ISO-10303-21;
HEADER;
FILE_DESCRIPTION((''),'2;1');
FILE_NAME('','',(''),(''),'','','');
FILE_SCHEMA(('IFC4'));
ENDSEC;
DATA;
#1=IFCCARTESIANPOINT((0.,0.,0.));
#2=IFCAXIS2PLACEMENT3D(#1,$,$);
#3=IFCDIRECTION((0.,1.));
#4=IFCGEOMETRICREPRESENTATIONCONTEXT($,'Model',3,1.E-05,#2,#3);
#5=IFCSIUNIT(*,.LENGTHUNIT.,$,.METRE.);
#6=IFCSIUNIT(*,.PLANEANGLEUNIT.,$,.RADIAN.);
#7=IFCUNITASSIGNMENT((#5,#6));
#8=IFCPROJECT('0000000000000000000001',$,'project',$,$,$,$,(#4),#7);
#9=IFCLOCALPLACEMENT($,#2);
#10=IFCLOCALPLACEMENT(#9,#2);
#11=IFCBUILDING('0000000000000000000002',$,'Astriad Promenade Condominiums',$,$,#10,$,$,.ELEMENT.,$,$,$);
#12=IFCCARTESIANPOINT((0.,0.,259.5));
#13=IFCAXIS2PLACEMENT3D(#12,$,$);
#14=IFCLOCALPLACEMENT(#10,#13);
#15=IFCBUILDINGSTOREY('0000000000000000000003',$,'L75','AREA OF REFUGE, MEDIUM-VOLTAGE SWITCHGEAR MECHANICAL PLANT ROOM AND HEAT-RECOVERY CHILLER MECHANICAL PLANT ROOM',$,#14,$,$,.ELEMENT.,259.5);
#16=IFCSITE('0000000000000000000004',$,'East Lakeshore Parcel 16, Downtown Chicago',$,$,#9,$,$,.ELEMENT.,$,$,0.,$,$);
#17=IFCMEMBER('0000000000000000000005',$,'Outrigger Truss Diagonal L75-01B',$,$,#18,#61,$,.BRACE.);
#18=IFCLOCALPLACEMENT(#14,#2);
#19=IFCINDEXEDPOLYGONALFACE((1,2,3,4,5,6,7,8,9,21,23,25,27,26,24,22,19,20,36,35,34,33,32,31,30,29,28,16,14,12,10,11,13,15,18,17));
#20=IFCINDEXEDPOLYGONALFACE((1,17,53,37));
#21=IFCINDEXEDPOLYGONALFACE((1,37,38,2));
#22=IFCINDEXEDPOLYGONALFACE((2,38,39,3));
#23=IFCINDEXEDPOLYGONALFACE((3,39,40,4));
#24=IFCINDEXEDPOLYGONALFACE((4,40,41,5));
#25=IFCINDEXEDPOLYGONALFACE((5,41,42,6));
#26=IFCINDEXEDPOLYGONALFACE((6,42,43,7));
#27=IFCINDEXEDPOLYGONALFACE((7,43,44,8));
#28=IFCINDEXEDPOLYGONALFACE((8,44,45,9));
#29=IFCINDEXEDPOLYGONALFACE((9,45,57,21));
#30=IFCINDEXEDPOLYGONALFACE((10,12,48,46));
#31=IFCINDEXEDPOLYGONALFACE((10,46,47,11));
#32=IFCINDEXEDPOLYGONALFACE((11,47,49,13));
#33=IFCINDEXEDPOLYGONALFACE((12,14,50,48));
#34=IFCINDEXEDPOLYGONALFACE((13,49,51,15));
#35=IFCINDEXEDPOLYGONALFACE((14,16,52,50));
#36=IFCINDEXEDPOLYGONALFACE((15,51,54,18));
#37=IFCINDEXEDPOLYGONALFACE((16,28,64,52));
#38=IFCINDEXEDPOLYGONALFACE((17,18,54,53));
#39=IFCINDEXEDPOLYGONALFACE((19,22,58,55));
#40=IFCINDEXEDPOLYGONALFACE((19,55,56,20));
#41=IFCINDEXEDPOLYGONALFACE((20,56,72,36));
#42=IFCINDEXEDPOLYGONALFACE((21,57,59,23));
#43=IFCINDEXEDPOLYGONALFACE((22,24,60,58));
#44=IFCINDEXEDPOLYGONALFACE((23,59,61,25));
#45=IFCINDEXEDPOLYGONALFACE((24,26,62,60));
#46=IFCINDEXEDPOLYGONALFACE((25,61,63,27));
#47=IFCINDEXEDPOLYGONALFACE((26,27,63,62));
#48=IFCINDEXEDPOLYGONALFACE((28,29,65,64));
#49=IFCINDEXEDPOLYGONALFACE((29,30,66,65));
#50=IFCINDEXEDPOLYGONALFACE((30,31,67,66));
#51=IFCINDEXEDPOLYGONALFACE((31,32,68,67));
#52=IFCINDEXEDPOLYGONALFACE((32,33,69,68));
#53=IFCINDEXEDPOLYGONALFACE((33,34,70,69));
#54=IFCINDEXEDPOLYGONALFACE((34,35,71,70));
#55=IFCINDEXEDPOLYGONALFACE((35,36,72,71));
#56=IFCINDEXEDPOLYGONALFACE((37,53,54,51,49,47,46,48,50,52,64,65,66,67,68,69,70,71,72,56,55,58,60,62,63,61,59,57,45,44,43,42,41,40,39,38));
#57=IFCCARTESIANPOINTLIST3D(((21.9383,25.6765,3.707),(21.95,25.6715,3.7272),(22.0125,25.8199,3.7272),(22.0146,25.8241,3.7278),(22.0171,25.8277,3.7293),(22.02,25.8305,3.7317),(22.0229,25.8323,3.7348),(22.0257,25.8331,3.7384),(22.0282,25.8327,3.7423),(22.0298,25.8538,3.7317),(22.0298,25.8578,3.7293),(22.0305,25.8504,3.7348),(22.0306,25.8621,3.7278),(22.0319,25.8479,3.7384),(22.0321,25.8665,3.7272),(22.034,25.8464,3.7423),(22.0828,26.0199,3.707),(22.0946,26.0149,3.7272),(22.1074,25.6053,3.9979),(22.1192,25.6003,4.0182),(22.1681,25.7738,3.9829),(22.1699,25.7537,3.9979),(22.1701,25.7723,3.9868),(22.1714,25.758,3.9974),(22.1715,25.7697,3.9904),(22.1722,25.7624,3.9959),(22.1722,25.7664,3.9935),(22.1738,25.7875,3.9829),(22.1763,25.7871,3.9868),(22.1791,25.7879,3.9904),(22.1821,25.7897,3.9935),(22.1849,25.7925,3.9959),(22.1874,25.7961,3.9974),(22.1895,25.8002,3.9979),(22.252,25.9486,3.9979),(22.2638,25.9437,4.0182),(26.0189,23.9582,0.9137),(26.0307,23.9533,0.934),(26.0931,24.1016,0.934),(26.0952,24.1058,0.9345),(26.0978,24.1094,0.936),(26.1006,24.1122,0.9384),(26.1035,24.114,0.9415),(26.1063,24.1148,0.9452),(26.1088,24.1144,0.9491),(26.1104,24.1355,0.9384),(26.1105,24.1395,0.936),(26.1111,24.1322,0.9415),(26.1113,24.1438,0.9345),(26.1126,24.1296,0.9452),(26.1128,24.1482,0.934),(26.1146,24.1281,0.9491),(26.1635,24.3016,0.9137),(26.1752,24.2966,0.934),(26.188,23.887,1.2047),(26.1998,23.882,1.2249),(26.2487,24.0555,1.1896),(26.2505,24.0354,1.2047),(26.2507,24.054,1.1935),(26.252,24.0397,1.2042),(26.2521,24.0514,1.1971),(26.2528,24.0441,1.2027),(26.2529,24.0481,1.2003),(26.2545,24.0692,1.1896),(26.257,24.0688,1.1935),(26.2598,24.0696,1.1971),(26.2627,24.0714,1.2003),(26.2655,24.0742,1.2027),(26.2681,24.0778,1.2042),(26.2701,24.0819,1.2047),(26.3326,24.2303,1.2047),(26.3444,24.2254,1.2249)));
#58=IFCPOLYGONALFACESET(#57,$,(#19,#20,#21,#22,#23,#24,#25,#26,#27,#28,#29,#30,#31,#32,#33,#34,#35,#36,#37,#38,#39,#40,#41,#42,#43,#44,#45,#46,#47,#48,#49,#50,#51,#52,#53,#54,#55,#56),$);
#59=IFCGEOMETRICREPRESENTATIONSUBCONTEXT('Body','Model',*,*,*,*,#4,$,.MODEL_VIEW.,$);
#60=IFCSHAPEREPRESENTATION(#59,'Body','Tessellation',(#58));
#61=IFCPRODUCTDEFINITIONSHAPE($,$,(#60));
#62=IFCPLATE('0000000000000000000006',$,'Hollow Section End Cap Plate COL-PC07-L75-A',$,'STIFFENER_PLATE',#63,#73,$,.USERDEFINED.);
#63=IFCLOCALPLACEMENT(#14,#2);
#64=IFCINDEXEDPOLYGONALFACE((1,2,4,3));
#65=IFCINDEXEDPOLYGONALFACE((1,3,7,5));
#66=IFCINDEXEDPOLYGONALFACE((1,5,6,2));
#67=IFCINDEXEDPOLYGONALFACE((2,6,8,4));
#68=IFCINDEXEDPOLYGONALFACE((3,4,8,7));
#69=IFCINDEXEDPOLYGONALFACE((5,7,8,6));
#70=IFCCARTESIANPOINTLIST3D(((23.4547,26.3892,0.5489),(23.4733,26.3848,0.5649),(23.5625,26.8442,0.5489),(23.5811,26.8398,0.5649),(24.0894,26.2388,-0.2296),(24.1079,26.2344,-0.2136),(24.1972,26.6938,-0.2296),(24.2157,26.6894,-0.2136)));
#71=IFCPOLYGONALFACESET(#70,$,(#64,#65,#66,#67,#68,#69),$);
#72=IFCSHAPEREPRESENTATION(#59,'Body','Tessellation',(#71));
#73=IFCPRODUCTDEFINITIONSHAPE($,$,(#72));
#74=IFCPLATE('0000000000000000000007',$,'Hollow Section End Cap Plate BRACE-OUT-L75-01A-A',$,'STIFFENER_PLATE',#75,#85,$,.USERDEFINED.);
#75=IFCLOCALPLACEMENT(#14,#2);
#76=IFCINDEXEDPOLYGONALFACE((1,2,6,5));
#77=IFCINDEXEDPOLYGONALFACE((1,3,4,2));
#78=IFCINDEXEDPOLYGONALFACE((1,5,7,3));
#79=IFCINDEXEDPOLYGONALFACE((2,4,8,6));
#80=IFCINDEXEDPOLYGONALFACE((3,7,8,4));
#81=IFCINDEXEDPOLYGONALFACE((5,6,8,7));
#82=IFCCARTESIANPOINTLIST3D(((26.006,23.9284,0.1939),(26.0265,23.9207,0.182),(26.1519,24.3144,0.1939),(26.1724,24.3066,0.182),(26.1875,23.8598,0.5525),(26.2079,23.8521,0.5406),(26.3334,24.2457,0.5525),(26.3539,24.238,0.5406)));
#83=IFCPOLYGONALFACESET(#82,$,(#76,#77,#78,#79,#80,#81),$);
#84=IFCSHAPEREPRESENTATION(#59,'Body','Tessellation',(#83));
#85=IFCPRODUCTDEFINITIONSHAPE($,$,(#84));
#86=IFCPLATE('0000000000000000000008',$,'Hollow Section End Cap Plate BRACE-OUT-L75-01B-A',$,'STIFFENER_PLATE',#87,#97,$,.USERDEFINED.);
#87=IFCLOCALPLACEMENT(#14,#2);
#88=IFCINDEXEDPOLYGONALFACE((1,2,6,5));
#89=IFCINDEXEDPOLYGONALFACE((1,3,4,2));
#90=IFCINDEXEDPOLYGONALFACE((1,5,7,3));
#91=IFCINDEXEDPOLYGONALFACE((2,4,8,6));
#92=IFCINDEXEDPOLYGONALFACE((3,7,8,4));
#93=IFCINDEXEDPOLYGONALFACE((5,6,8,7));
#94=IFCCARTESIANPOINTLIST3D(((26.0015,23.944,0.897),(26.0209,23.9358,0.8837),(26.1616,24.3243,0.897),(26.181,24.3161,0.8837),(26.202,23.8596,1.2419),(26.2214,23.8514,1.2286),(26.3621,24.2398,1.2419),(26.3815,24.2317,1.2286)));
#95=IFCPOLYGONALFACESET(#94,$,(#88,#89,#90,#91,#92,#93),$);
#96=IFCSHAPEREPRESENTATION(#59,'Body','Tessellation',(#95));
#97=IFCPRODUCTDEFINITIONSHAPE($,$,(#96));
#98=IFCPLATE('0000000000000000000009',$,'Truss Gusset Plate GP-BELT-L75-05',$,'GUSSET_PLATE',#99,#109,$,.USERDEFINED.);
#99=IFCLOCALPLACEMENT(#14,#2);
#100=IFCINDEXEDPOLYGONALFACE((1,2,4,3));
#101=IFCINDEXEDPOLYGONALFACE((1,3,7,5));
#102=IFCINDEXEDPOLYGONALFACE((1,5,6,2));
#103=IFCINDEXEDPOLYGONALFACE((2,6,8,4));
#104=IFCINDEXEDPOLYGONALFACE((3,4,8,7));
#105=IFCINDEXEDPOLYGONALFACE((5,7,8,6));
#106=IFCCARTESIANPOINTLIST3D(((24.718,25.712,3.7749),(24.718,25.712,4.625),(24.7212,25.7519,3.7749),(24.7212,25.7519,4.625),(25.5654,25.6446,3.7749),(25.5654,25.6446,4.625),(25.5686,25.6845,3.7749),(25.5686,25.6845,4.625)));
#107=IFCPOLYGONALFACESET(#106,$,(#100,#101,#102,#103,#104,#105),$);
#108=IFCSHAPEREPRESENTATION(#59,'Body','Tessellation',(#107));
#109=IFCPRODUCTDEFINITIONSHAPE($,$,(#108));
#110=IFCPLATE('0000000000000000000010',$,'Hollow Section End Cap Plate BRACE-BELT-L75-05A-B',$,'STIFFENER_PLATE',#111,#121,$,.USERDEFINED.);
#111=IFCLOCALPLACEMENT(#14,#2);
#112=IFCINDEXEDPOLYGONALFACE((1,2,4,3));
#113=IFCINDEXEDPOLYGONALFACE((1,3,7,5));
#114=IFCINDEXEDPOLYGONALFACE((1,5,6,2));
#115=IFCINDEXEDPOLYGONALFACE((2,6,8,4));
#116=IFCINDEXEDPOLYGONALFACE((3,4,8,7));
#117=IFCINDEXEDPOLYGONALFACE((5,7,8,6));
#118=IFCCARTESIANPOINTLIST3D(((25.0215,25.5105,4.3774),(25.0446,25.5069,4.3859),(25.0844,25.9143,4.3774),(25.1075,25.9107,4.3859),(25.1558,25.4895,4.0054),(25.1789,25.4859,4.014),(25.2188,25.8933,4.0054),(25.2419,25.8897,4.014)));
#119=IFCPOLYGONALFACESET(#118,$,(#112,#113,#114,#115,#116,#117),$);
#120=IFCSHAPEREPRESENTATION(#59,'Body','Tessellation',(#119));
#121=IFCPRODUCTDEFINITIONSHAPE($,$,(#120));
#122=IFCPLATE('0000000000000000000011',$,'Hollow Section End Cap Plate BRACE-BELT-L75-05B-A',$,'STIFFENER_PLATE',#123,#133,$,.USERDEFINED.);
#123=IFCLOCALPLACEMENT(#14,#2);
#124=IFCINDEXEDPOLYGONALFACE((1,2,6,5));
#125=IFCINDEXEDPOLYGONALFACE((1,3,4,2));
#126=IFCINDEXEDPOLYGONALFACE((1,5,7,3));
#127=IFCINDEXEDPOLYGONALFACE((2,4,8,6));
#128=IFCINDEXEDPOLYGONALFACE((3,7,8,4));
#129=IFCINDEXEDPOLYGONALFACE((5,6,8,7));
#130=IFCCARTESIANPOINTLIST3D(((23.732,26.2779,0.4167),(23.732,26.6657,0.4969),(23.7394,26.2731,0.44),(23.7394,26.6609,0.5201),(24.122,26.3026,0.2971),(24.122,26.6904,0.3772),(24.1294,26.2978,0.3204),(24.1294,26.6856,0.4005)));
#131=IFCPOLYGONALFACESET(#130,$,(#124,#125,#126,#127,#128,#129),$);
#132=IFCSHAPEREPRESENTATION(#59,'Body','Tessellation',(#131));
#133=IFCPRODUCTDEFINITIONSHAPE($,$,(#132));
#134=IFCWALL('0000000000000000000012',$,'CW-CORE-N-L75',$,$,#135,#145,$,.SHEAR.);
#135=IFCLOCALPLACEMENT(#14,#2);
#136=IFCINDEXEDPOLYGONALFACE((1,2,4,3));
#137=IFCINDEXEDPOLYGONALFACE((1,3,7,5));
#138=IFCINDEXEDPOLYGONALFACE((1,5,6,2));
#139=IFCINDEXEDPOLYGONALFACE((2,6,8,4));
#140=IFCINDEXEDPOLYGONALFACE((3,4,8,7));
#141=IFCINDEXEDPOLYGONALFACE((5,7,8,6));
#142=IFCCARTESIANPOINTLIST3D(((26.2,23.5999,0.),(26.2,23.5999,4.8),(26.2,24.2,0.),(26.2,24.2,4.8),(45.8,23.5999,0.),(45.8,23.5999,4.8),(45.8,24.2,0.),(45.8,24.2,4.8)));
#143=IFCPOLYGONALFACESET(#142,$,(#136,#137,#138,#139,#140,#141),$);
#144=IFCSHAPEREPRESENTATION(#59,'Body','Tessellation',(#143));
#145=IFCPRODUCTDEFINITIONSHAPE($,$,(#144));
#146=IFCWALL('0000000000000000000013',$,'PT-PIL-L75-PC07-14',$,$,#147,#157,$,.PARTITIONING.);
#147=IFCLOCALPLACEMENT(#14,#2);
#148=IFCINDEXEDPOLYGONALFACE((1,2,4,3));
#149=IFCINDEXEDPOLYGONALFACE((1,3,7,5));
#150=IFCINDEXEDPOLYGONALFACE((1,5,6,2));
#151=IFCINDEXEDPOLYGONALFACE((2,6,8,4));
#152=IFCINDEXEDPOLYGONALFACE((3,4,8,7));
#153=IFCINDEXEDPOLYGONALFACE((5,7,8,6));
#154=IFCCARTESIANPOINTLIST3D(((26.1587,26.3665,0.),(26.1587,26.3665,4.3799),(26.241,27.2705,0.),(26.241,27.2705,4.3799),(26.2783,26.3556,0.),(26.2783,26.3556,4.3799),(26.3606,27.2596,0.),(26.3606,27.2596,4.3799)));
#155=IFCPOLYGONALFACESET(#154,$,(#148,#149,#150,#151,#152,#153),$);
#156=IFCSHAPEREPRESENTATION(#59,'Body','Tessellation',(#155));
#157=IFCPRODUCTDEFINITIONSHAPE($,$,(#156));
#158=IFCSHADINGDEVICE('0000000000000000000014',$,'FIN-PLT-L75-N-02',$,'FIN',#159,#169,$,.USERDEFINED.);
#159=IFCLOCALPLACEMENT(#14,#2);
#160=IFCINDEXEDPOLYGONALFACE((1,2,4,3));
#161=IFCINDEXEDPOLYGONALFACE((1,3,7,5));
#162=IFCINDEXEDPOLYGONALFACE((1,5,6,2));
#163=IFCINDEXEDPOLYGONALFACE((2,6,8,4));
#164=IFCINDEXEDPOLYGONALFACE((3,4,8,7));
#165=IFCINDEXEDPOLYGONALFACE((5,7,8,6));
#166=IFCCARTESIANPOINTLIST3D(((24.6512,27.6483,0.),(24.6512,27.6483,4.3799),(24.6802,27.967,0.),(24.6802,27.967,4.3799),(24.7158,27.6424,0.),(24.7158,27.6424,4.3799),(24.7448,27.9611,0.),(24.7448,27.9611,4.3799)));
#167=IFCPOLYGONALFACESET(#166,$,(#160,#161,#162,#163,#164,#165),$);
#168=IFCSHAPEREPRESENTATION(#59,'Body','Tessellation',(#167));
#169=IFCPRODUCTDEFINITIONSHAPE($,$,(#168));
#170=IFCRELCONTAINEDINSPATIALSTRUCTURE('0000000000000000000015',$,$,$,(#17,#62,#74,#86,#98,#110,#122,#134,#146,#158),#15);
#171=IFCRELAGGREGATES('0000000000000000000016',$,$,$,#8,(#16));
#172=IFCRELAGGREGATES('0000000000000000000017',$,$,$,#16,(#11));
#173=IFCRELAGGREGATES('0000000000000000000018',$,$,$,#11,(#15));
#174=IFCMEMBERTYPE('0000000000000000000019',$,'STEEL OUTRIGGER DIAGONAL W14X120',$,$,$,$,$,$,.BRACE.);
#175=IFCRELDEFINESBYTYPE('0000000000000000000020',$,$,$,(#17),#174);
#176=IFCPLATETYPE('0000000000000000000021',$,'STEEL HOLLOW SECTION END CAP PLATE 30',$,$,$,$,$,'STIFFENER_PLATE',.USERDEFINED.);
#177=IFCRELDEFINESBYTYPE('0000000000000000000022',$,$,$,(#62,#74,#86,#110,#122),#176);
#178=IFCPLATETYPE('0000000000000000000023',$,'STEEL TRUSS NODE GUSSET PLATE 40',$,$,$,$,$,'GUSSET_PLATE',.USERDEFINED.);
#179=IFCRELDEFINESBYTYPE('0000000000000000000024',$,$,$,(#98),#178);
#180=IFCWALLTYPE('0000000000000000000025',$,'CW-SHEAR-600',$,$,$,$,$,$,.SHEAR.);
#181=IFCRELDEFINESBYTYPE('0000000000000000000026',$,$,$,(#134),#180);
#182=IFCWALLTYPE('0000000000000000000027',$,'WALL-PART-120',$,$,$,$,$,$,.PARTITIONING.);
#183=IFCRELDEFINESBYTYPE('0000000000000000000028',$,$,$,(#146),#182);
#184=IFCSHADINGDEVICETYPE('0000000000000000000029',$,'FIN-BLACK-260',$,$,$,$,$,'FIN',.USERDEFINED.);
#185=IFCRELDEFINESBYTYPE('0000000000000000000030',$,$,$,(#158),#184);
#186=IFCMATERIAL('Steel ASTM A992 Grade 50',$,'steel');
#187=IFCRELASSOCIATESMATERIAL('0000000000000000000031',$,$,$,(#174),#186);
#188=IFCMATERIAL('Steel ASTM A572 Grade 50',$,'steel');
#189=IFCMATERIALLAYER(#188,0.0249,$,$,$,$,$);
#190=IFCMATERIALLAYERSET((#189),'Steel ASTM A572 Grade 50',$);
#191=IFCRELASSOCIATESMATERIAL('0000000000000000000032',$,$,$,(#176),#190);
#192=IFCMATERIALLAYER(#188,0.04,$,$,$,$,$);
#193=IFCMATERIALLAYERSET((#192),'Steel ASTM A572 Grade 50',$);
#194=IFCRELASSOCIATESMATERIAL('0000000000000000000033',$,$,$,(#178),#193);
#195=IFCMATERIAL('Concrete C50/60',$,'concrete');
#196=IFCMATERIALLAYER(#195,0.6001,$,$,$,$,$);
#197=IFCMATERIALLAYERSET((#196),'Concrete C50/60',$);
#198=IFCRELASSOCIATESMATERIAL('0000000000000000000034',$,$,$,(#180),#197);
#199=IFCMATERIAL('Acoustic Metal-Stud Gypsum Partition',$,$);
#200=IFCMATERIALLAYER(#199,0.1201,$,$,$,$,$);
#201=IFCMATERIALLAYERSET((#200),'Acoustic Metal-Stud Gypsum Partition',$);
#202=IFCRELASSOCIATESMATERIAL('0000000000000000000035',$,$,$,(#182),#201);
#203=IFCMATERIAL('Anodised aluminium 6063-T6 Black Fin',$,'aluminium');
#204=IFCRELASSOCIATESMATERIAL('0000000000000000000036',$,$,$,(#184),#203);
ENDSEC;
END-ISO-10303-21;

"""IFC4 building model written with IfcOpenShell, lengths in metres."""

from ifc_helpers import new_model, si_unit, direction, frame, frame_2d, origin, origin_2d, place, context, subcontext, project, spatial, rectangle, i_section, extrude, source, transform, mapped, material, layer, layer_set, material_profile, profile_set, type_object, type_shapes, element, save


model = new_model("IFC4")

# Units and contexts
model_context = context("Model", 3, precision=1e-05, world=origin(), true_north=direction((0.0, 1.0)))
body_context = subcontext(model_context, "Body", "Model", "MODEL_VIEW")
ifc_project = project(units=[si_unit("LENGTHUNIT", "METRE"), si_unit("PLANEANGLEUNIT", "RADIAN")], contexts=[model_context])

# Site, building, storey
site_placement = place(None, origin())
site = spatial("IfcSite", under=ifc_project, at=site_placement, Name="East Lakeshore Parcel 16, Downtown Chicago", CompositionType="ELEMENT", RefElevation=0.0)
building_placement = place(site_placement, origin())
building = spatial("IfcBuilding", under=site, at=building_placement, Name="Astriad Promenade Condominiums", CompositionType="ELEMENT")
storey_placement = place(building_placement, frame((0.0, 0.0, 259.5)))
storey = spatial("IfcBuildingStorey", under=building, at=storey_placement, Name="L75", Description="AREA OF REFUGE, MEDIUM-VOLTAGE SWITCHGEAR MECHANICAL PLANT ROOM AND HEAT-RECOVERY CHILLER MECHANICAL PLANT ROOM", CompositionType="ELEMENT", Elevation=259.5)

# Shared definitions
ifc_material_1 = material(Name="Steel ASTM A992 Grade 50", Category="steel")

# Member
ifc_material_profile_1 = material_profile(ifc_material_1, i_section(OverallWidth=0.3726, OverallDepth=0.3679, WebThickness=0.0149, FlangeThickness=0.0239, FilletRadius=0.0178, at=origin_2d()), Name="W14X120")
ifc_profile_set_1 = profile_set([ifc_material_profile_1], Name="Steel ASTM A992 Grade 50")
member_type_1 = type_object("IfcMemberType", Name="STEEL OUTRIGGER DIAGONAL W14X120", PredefinedType="BRACE", material=ifc_profile_set_1)
shared_shape_1 = source(origin(), body_context, "Body", "SweptSolid", [
    extrude(i_section(OverallWidth=0.3726, OverallDepth=0.3679, WebThickness=0.0149, FlangeThickness=0.0239, FilletRadius=0.0178, at=origin_2d()), origin(), (0.0, 0.0, 1.0), 5.2351),
])
member_1_placement = place(storey_placement, frame((26.1816, 24.0918, 1.0693), z_axis=(-0.779474, 0.328224, 0.533563), x_axis=(-0.388082, -0.921625, 0.0)))
element("IfcMember", 1, at=member_1_placement, inside=storey, type_object=member_type_1, Name="Outrigger Truss Diagonal L75-01B", PredefinedType="BRACE", context=body_context, shape_type="MappedRepresentation", body=[
    mapped(shared_shape_1, transform((0.0, 0.0, 0.0), scale=1.0)),
])

# Plates
ifc_material_2 = material(Name="Steel ASTM A572 Grade 50", Category="steel")
ifc_layer_1 = layer(ifc_material_2, 0.0249)
ifc_layer_set_1 = layer_set([ifc_layer_1], Name="Steel ASTM A572 Grade 50")
plate_type_1 = type_object("IfcPlateType", Name="STEEL HOLLOW SECTION END CAP PLATE 30", ElementType="STIFFENER_PLATE", PredefinedType="USERDEFINED", material=ifc_layer_set_1)
shared_shape_2 = source(origin(), body_context, "Body", "SweptSolid", [
    extrude(rectangle(XDim=0.4675, YDim=1.0156, at=origin_2d()), origin(), (0.0, 0.0, 1.0), 0.0249),
])
plate_1_placement = place(storey_placement, frame((23.8259, 26.5415, 0.1597), z_axis=(0.745876, -0.176748, 0.642206), x_axis=(0.230582, 0.973053, 0.0)))
element("IfcPlate", 2, at=plate_1_placement, inside=storey, type_object=plate_type_1, Name="Hollow Section End Cap Plate COL-PC07-L75-A", ObjectType="STIFFENER_PLATE", PredefinedType="USERDEFINED", context=body_context, shape_type="MappedRepresentation", body=[
    mapped(shared_shape_2, transform((0.0, 0.0, 0.0), scale=1.0)),
])
shared_shape_3 = source(origin(), body_context, "Body", "SweptSolid", [
    extrude(rectangle(XDim=0.4126, YDim=0.4077, at=origin_2d()), origin(), (0.0, 0.0, 1.0), 0.0249),
])
for number, where, z_axis, x_axis, name in (
    (3, (26.1902, 24.0793, 0.3613), (-0.822678, 0.311105, 0.47583), (-0.353714, -0.935353, 0.0), "Hollow Section End Cap Plate BRACE-OUT-L75-01A-A"),
    (4, (26.2012, 24.0837, 1.0562), (-0.779493, 0.328191, 0.533556), (-0.38804, -0.921643, 0.0), "Hollow Section End Cap Plate BRACE-OUT-L75-01B-A"),
):
    element("IfcPlate", number, at=place(storey_placement, frame(where, z_axis=z_axis, x_axis=x_axis)), inside=storey, type_object=plate_type_1, Name=name, ObjectType="STIFFENER_PLATE", PredefinedType="USERDEFINED", context=body_context, shape_type="MappedRepresentation", body=[
        mapped(shared_shape_3, transform((0.0, 0.0, 0.0), scale=1.0)),
    ])
ifc_layer_2 = layer(ifc_material_2, 0.04)
ifc_layer_set_2 = layer_set([ifc_layer_2], Name="Steel ASTM A572 Grade 50")
plate_type_2 = type_object("IfcPlateType", Name="STEEL TRUSS NODE GUSSET PLATE 40", ElementType="GUSSET_PLATE", PredefinedType="USERDEFINED", material=ifc_layer_set_2)
shared_shape_4 = source(origin(), body_context, "Body", "SweptSolid", [
    extrude(rectangle(XDim=0.8501, YDim=0.04, at=origin_2d()), origin(), (0.0, 0.0, 1.0), 0.8501),
])
type_shapes(plate_type_2, [shared_shape_4])
plate_2_placement = place(storey_placement, frame((25.1433, 25.6982, 3.7749), z_axis=(0.0, 0.0, 1.0), x_axis=(0.996848, -0.079329, 0.0)))
element("IfcPlate", 5, at=plate_2_placement, inside=storey, type_object=plate_type_2, Name="Truss Gusset Plate GP-BELT-L75-05", ObjectType="GUSSET_PLATE", PredefinedType="USERDEFINED", context=body_context, shape_type="MappedRepresentation", body=[
    mapped(shared_shape_4, transform((0.0, 0.0, 0.0), scale=1.0)),
])
shared_shape_5 = source(origin(), body_context, "Body", "SweptSolid", [
    extrude(rectangle(XDim=0.4087, YDim=0.396, at=origin_2d()), origin(), (0.0, 0.0, 1.0), 0.0249),
])
type_shapes(plate_type_1, [shared_shape_2, shared_shape_3, shared_shape_5])
for number, where, z_axis, x_axis, name in (
    (6, (25.1201, 25.7019, 4.1914), (0.928022, -0.144689, 0.34328), (0.15405, 0.988063, 0.0), "Hollow Section End Cap Plate BRACE-BELT-L75-05A-B"),
    (7, (23.927, 26.4841, 0.397), (0.298931, -0.193092, 0.934535), (1.0, 0.0, 0.0), "Hollow Section End Cap Plate BRACE-BELT-L75-05B-A"),
):
    element("IfcPlate", number, at=place(storey_placement, frame(where, z_axis=z_axis, x_axis=x_axis)), inside=storey, type_object=plate_type_1, Name=name, ObjectType="STIFFENER_PLATE", PredefinedType="USERDEFINED", context=body_context, shape_type="MappedRepresentation", body=[
        mapped(shared_shape_5, transform((0.0, 0.0, 0.0), scale=1.0)),
    ])

# Walls
ifc_material_3 = material(Name="Concrete C50/60", Category="concrete")
ifc_layer_3 = layer(ifc_material_3, 0.6001)
ifc_layer_set_3 = layer_set([ifc_layer_3], Name="Concrete C50/60")
wall_type_1 = type_object("IfcWallType", Name="CW-SHEAR-600", PredefinedType="SHEAR", material=ifc_layer_set_3)
wall_1_placement = place(storey_placement, frame((26.2, 23.8999, 0.0), z_axis=(0.0, 0.0, 1.0), x_axis=(1.0, 0.0, 0.0)))
element("IfcWall", 8, at=wall_1_placement, inside=storey, type_object=wall_type_1, Name="CW-CORE-N-L75", PredefinedType="SHEAR", context=body_context, shape_type="SweptSolid", body=[
    extrude(rectangle(XDim=19.6001, YDim=0.6001, at=frame_2d((9.8, 0.0))), origin(), (0.0, 0.0, 1.0), 4.8),
])
ifc_material_4 = material(Name="Acoustic Metal-Stud Gypsum Partition")
ifc_layer_4 = layer(ifc_material_4, 0.1201)
ifc_layer_set_4 = layer_set([ifc_layer_4], Name="Acoustic Metal-Stud Gypsum Partition")
wall_type_2 = type_object("IfcWallType", Name="WALL-PART-120", PredefinedType="PARTITIONING", material=ifc_layer_set_4)
wall_2_placement = place(storey_placement, frame((26.2185, 26.3611, 0.0), z_axis=(0.0, 0.0, 1.0), x_axis=(0.090633, 0.995884, 0.0)))
element("IfcWall", 9, at=wall_2_placement, inside=storey, type_object=wall_type_2, Name="PT-PIL-L75-PC07-14", PredefinedType="PARTITIONING", context=body_context, shape_type="SweptSolid", body=[
    extrude(rectangle(XDim=0.9077, YDim=0.1201, at=frame_2d((0.4539, 0.0))), origin(), (0.0, 0.0, 1.0), 4.3799),
])

# Shading device
ifc_material_5 = material(Name="Anodised aluminium 6063-T6 Black Fin", Category="aluminium")
shading_device_type = type_object("IfcShadingDeviceType", Name="FIN-BLACK-260", ElementType="FIN", PredefinedType="USERDEFINED", material=ifc_material_5)
shared_shape_6 = source(origin(), body_context, "Body", "SweptSolid", [
    extrude(rectangle(XDim=0.0649, YDim=0.3201, at=origin_2d()), origin(), (0.0, 0.0, 1.0), 4.3799),
])
type_shapes(shading_device_type, [shared_shape_6])
shading_device_placement = place(storey_placement, frame((24.698, 27.8047, 0.0), z_axis=(0.0, 0.0, 1.0), x_axis=(0.995884, -0.090633, 0.0)))
element("IfcShadingDevice", 10, at=shading_device_placement, inside=storey, type_object=shading_device_type, Name="FIN-PLT-L75-N-02", ObjectType="FIN", PredefinedType="USERDEFINED", context=body_context, shape_type="MappedRepresentation", body=[
    mapped(shared_shape_6, transform((0.0, 0.0, 0.0), scale=1.0)),
])

save(model, "model.ifc")
